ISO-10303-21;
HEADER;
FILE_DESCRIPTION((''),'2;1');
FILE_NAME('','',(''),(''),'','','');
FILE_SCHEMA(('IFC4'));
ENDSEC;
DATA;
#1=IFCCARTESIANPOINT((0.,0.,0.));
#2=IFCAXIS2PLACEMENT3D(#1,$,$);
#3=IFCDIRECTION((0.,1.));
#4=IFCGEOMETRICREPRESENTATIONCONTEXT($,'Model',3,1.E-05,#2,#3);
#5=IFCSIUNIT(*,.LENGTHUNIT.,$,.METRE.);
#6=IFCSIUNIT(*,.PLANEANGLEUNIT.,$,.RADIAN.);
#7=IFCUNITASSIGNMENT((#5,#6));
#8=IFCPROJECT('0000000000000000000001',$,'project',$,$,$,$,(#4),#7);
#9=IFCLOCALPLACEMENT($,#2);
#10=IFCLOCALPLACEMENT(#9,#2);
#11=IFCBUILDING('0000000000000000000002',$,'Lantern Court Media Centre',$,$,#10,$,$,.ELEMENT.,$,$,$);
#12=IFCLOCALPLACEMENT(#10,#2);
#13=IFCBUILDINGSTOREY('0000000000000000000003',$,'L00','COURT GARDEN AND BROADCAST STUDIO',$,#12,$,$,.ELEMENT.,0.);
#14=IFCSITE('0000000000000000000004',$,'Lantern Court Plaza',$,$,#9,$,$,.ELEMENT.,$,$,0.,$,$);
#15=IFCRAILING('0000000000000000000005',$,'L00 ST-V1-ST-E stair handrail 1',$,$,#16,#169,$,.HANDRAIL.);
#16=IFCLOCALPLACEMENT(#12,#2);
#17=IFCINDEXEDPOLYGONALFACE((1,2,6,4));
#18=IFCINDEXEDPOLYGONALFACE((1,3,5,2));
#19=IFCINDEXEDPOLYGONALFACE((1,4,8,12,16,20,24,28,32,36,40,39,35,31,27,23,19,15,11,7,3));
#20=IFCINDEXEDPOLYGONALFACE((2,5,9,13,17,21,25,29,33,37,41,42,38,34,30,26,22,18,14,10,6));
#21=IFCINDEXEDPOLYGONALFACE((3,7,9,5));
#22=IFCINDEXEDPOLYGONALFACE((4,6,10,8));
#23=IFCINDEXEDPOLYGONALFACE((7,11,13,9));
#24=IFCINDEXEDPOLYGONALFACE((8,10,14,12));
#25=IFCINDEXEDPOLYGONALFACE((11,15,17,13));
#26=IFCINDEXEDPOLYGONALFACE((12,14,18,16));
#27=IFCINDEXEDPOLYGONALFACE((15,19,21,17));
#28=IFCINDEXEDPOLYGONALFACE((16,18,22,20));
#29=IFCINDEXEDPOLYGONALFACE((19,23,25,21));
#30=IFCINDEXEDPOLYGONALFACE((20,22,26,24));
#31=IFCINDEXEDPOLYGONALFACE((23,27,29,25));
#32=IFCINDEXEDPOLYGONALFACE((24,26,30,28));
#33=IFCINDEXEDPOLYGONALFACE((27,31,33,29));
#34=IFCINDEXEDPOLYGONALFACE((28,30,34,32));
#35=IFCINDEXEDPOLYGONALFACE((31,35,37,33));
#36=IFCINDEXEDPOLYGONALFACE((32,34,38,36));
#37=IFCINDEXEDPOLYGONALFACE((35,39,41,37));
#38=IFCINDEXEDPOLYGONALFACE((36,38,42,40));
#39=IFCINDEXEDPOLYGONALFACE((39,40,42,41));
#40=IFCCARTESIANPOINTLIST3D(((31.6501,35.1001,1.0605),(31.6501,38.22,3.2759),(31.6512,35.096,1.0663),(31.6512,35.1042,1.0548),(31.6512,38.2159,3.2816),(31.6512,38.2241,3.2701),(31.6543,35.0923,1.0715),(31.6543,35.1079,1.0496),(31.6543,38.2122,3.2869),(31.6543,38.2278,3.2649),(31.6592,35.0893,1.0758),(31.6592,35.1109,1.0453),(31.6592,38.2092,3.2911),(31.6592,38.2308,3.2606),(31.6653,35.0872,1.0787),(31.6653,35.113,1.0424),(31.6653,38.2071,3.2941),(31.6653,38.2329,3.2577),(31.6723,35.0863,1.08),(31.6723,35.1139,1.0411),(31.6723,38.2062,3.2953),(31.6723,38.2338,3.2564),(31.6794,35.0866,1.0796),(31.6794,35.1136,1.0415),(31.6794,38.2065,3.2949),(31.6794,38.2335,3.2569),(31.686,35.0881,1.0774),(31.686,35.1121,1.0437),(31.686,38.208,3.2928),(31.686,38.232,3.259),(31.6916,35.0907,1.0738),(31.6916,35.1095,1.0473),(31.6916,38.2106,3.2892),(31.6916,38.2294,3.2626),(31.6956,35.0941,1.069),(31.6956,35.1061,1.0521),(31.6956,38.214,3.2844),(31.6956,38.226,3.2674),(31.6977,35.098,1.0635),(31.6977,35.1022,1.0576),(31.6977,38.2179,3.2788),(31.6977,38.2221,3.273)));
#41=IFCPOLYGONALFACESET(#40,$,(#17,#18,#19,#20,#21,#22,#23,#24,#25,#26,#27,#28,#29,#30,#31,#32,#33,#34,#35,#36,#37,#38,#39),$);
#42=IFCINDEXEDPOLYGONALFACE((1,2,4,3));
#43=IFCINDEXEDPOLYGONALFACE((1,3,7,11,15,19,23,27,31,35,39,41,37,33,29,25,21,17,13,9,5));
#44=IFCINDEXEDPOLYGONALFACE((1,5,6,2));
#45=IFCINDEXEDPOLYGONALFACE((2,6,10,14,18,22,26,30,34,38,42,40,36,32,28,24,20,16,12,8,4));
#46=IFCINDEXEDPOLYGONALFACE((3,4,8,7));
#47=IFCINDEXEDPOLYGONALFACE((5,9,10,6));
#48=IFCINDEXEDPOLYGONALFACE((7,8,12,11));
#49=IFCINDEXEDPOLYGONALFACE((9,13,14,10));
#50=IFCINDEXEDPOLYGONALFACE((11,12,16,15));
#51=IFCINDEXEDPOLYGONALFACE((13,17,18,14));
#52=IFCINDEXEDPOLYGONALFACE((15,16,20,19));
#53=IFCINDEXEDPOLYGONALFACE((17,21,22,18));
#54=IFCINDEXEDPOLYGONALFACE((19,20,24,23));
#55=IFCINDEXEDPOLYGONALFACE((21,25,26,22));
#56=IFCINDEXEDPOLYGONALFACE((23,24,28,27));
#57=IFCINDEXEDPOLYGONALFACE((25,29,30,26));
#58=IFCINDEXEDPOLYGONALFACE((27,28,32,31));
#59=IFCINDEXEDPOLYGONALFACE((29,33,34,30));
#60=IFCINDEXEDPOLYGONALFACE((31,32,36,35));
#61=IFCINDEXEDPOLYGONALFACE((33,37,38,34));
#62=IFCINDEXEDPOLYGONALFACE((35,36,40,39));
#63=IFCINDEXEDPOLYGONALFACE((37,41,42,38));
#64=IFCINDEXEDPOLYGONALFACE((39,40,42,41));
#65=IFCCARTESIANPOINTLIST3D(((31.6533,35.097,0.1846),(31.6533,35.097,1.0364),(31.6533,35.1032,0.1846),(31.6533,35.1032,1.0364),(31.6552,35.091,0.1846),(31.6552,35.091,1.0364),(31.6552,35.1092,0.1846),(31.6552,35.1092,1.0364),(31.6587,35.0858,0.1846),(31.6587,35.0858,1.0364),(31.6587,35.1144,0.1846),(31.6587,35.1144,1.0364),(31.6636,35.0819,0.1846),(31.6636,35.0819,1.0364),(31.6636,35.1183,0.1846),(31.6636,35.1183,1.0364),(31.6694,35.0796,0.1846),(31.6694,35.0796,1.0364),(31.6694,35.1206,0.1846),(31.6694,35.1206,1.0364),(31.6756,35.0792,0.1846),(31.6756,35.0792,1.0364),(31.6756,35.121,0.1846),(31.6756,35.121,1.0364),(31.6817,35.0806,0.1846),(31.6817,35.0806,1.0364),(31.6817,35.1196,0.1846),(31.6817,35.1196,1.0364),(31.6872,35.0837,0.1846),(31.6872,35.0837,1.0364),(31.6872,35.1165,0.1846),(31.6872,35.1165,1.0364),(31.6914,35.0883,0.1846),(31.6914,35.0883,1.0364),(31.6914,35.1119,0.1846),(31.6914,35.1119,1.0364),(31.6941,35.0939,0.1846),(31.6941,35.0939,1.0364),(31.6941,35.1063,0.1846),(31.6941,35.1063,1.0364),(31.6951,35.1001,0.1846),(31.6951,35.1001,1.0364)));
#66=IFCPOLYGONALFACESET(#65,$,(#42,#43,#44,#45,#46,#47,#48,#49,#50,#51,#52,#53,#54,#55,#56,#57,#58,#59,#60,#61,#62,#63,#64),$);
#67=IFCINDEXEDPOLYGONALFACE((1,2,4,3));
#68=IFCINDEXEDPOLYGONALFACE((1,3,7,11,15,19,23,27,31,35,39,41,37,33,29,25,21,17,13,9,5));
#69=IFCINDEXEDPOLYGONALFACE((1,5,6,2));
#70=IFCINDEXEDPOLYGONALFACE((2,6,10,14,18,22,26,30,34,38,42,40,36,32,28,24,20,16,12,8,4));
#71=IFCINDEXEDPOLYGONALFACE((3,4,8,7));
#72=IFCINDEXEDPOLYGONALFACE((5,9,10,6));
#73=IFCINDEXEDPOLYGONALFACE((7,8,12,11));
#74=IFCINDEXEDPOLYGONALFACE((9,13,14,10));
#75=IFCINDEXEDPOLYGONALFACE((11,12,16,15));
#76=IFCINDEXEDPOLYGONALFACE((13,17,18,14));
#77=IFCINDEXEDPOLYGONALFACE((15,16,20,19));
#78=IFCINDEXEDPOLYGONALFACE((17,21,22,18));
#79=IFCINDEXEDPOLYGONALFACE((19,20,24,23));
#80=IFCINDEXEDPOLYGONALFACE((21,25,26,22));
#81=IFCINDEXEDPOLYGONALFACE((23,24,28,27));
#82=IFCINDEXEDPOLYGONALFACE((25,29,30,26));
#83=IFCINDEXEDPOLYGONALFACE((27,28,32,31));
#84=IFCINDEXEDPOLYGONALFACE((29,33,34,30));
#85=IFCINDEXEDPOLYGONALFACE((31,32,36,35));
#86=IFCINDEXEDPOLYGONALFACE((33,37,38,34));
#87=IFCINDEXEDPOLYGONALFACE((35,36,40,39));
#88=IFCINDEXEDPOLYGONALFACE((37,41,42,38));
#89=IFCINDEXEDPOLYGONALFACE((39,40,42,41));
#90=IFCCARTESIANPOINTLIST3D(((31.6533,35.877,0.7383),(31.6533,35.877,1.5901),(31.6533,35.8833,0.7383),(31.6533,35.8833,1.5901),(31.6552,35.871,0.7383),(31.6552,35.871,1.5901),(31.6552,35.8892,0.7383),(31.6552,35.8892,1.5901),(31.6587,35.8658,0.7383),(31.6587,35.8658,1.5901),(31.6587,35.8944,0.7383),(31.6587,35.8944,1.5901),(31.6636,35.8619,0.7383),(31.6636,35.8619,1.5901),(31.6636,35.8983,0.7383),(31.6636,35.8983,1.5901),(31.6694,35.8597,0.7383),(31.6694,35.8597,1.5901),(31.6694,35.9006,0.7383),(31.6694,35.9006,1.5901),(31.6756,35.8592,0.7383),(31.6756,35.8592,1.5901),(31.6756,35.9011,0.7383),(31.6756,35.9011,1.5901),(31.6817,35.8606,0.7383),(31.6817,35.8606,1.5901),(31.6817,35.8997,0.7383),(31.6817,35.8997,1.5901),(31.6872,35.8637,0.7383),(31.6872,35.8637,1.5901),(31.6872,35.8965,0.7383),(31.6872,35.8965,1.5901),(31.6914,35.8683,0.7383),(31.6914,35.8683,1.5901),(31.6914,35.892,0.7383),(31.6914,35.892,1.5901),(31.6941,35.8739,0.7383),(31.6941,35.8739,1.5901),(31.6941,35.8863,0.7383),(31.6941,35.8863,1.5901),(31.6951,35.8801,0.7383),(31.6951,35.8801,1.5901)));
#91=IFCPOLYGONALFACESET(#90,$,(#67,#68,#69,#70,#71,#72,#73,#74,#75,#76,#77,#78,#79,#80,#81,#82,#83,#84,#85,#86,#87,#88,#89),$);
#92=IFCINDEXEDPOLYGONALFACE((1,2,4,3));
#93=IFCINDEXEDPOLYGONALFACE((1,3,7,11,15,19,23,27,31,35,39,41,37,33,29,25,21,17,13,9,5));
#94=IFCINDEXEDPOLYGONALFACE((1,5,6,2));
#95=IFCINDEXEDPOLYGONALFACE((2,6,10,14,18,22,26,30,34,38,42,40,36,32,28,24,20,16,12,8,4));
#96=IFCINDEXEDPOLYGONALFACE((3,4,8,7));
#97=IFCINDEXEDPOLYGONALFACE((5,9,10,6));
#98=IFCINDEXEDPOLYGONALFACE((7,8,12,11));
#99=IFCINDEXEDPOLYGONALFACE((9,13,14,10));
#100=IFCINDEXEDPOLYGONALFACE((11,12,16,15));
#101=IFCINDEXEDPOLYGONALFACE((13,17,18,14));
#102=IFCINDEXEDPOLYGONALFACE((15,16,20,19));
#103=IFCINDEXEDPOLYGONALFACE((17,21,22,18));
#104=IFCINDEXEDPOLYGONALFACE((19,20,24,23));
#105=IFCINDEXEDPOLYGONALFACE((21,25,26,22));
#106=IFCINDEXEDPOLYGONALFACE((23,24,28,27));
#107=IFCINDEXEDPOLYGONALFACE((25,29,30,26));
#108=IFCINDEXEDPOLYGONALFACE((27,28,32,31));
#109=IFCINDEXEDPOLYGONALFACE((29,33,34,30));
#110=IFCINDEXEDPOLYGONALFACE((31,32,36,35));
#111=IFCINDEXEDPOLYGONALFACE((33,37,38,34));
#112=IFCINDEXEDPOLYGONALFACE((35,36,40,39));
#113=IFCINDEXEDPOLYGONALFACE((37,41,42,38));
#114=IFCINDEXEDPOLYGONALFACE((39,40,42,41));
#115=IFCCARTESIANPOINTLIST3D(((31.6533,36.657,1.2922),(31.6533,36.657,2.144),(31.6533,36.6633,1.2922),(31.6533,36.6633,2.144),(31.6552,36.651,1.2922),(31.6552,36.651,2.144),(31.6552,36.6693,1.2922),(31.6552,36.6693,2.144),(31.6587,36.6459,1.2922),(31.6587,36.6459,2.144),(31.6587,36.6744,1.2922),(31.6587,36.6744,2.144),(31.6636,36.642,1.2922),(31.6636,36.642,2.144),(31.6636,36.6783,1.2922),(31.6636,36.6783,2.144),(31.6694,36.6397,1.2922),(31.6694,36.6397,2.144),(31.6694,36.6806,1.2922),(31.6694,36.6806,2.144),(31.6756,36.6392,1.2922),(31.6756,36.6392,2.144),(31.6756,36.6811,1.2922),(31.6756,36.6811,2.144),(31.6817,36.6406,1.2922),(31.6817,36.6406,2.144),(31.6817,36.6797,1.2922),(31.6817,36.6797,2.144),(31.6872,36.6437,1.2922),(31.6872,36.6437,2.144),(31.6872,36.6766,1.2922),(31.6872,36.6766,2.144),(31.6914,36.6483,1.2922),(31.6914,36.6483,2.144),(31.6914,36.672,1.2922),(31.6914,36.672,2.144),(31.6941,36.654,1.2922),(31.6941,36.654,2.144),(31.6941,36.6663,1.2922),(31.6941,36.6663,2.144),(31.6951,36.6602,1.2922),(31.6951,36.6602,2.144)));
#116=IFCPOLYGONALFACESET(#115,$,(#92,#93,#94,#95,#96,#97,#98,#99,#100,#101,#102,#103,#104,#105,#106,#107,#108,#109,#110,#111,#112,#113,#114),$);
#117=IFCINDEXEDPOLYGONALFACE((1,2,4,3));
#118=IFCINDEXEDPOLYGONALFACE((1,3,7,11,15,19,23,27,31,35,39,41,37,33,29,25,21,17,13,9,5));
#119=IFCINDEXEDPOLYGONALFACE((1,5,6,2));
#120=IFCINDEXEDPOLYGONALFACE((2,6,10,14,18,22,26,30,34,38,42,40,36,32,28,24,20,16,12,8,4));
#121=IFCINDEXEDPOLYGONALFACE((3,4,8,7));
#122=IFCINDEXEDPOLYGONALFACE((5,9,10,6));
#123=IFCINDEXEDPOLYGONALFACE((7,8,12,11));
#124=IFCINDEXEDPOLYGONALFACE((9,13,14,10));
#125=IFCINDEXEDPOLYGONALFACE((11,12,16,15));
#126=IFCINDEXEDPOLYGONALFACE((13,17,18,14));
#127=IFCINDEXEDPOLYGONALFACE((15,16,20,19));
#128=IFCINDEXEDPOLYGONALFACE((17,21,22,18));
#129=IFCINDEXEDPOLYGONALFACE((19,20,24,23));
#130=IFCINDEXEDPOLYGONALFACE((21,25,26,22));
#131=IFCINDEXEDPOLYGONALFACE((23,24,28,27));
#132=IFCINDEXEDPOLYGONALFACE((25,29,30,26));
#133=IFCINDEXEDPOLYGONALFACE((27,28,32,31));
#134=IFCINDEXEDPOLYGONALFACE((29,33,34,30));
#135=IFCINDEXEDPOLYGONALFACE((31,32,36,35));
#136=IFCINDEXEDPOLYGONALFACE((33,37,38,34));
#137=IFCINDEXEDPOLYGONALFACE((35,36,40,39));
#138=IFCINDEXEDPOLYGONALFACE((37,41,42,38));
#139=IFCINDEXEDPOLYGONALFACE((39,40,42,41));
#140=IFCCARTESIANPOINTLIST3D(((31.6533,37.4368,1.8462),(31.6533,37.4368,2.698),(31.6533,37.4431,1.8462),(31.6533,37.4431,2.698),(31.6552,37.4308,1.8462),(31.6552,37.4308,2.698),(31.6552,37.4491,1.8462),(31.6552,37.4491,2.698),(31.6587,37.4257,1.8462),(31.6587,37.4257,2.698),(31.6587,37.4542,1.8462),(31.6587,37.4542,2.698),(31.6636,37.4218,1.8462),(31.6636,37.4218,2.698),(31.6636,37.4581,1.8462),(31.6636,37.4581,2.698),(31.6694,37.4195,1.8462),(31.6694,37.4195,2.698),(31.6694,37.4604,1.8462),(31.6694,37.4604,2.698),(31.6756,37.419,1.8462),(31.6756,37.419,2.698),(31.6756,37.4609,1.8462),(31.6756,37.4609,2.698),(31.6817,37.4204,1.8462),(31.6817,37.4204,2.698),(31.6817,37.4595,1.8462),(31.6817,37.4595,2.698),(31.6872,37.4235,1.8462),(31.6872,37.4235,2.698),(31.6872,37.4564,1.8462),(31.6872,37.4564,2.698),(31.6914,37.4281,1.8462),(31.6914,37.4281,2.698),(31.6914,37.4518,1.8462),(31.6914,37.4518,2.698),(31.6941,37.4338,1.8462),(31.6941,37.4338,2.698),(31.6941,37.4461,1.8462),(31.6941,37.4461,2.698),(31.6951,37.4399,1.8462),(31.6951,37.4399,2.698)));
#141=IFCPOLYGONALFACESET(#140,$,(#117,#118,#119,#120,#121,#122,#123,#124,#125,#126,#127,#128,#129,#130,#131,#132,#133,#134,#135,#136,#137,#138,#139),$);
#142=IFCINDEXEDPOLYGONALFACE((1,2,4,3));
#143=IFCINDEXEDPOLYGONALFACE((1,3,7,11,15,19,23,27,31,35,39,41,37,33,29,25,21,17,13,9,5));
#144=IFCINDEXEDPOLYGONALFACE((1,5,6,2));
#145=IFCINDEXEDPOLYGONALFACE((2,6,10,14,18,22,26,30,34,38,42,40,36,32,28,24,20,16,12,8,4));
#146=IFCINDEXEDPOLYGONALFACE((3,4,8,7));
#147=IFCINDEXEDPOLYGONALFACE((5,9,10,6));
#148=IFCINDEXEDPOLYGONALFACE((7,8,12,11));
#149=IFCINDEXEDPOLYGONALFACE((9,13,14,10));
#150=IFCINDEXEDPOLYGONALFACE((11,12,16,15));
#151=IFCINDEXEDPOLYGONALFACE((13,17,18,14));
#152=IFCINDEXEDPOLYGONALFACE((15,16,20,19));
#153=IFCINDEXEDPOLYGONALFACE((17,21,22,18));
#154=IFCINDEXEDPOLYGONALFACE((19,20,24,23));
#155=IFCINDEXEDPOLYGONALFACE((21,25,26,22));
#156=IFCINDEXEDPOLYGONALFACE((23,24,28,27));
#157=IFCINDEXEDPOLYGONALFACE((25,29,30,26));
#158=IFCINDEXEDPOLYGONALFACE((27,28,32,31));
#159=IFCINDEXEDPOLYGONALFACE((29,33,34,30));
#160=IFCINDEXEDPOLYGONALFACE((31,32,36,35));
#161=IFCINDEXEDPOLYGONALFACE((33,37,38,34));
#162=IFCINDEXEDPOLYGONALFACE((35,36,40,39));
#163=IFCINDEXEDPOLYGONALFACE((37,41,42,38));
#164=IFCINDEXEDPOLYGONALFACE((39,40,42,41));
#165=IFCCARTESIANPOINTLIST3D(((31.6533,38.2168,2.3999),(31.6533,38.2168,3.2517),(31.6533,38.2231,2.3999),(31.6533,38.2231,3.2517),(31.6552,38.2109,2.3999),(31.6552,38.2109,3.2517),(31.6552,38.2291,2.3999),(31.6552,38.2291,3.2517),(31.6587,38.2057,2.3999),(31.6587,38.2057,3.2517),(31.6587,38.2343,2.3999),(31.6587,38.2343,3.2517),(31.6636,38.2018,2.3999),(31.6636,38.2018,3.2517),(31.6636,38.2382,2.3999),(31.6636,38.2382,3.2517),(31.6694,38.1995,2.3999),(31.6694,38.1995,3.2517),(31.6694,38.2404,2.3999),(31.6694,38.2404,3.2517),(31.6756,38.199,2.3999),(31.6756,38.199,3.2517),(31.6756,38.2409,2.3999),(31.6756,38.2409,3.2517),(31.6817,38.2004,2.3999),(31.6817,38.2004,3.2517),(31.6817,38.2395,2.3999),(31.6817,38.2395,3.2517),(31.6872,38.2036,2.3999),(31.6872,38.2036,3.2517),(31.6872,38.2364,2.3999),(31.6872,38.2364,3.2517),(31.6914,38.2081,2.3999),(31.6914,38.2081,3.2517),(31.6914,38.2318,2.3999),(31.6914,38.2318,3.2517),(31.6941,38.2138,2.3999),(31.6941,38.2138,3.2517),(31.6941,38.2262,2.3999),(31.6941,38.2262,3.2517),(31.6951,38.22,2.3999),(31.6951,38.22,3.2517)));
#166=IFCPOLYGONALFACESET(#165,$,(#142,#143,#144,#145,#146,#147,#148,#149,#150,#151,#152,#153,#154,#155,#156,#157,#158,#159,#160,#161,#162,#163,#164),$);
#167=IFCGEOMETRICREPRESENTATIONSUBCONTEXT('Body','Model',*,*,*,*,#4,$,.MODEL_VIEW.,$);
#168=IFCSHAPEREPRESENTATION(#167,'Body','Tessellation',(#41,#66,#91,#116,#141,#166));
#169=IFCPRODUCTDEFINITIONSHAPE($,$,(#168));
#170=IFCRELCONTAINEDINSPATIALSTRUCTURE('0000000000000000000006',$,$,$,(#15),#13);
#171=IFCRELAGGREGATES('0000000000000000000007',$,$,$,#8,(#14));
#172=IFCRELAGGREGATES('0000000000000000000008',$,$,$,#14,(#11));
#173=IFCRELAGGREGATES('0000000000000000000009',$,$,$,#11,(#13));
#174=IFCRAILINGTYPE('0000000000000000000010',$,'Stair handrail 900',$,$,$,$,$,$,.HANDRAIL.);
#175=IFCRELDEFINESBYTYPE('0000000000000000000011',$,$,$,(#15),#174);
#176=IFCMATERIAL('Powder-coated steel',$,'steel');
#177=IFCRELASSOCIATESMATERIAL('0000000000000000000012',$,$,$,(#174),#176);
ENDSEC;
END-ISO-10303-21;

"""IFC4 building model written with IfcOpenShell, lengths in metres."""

from ifc_helpers import new_model, si_unit, direction, frame, origin, origin_2d, place, context, subcontext, project, spatial, circle, extrude, material, type_object, element, save


model = new_model("IFC4")

# Units and contexts
model_context = context("Model", 3, precision=1e-05, world=origin(), true_north=direction((0.0, 1.0)))
body_context = subcontext(model_context, "Body", "Model", "MODEL_VIEW")
ifc_project = project(units=[si_unit("LENGTHUNIT", "METRE"), si_unit("PLANEANGLEUNIT", "RADIAN")], contexts=[model_context])

# Site, building, storey
site_placement = place(None, origin())
site = spatial("IfcSite", under=ifc_project, at=site_placement, Name="Lantern Court Plaza", CompositionType="ELEMENT", RefElevation=0.0)
building_placement = place(site_placement, origin())
building = spatial("IfcBuilding", under=site, at=building_placement, Name="Lantern Court Media Centre", CompositionType="ELEMENT")
storey_placement = place(building_placement, origin())
storey = spatial("IfcBuildingStorey", under=building, at=storey_placement, Name="L00", Description="COURT GARDEN AND BROADCAST STUDIO", CompositionType="ELEMENT", Elevation=0.0)

# Railing
ifc_material_1 = material(Name="Powder-coated steel", Category="steel")
railing_type_1 = type_object("IfcRailingType", Name="Stair handrail 900", PredefinedType="HANDRAIL", material=ifc_material_1)
railing_1_placement = place(storey_placement, frame((31.6741, 35.1001, 0.1846)))
element("IfcRailing", 1, at=railing_1_placement, inside=storey, type_object=railing_type_1, Name="L00 ST-V1-ST-E stair handrail 1", PredefinedType="HANDRAIL", context=body_context, shape_type="SweptSolid", body=[
    extrude(circle(Radius=0.0239, at=origin_2d()), frame((0.0, 0.0, 0.876), z_axis=(0.0, 0.815356, 0.578961), x_axis=(-1.0, 0.0, 0.0)), (0.0, 0.0, 1.0), 3.8264),
    extrude(circle(Radius=0.021, at=origin_2d()), origin(), (0.0, 0.0, 1.0), 0.8518),
    extrude(circle(Radius=0.021, at=origin_2d()), frame((0.0, 0.78, 0.5537)), (0.0, 0.0, 1.0), 0.8518),
    extrude(circle(Radius=0.021, at=origin_2d()), frame((0.0, 1.5601, 1.1077)), (0.0, 0.0, 1.0), 0.8518),
    extrude(circle(Radius=0.021, at=origin_2d()), frame((0.0, 2.3398, 1.6616)), (0.0, 0.0, 1.0), 0.8518),
    extrude(circle(Radius=0.021, at=origin_2d()), frame((0.0, 3.1199, 2.2153)), (0.0, 0.0, 1.0), 0.8518),
])

save(model, "model.ifc")
